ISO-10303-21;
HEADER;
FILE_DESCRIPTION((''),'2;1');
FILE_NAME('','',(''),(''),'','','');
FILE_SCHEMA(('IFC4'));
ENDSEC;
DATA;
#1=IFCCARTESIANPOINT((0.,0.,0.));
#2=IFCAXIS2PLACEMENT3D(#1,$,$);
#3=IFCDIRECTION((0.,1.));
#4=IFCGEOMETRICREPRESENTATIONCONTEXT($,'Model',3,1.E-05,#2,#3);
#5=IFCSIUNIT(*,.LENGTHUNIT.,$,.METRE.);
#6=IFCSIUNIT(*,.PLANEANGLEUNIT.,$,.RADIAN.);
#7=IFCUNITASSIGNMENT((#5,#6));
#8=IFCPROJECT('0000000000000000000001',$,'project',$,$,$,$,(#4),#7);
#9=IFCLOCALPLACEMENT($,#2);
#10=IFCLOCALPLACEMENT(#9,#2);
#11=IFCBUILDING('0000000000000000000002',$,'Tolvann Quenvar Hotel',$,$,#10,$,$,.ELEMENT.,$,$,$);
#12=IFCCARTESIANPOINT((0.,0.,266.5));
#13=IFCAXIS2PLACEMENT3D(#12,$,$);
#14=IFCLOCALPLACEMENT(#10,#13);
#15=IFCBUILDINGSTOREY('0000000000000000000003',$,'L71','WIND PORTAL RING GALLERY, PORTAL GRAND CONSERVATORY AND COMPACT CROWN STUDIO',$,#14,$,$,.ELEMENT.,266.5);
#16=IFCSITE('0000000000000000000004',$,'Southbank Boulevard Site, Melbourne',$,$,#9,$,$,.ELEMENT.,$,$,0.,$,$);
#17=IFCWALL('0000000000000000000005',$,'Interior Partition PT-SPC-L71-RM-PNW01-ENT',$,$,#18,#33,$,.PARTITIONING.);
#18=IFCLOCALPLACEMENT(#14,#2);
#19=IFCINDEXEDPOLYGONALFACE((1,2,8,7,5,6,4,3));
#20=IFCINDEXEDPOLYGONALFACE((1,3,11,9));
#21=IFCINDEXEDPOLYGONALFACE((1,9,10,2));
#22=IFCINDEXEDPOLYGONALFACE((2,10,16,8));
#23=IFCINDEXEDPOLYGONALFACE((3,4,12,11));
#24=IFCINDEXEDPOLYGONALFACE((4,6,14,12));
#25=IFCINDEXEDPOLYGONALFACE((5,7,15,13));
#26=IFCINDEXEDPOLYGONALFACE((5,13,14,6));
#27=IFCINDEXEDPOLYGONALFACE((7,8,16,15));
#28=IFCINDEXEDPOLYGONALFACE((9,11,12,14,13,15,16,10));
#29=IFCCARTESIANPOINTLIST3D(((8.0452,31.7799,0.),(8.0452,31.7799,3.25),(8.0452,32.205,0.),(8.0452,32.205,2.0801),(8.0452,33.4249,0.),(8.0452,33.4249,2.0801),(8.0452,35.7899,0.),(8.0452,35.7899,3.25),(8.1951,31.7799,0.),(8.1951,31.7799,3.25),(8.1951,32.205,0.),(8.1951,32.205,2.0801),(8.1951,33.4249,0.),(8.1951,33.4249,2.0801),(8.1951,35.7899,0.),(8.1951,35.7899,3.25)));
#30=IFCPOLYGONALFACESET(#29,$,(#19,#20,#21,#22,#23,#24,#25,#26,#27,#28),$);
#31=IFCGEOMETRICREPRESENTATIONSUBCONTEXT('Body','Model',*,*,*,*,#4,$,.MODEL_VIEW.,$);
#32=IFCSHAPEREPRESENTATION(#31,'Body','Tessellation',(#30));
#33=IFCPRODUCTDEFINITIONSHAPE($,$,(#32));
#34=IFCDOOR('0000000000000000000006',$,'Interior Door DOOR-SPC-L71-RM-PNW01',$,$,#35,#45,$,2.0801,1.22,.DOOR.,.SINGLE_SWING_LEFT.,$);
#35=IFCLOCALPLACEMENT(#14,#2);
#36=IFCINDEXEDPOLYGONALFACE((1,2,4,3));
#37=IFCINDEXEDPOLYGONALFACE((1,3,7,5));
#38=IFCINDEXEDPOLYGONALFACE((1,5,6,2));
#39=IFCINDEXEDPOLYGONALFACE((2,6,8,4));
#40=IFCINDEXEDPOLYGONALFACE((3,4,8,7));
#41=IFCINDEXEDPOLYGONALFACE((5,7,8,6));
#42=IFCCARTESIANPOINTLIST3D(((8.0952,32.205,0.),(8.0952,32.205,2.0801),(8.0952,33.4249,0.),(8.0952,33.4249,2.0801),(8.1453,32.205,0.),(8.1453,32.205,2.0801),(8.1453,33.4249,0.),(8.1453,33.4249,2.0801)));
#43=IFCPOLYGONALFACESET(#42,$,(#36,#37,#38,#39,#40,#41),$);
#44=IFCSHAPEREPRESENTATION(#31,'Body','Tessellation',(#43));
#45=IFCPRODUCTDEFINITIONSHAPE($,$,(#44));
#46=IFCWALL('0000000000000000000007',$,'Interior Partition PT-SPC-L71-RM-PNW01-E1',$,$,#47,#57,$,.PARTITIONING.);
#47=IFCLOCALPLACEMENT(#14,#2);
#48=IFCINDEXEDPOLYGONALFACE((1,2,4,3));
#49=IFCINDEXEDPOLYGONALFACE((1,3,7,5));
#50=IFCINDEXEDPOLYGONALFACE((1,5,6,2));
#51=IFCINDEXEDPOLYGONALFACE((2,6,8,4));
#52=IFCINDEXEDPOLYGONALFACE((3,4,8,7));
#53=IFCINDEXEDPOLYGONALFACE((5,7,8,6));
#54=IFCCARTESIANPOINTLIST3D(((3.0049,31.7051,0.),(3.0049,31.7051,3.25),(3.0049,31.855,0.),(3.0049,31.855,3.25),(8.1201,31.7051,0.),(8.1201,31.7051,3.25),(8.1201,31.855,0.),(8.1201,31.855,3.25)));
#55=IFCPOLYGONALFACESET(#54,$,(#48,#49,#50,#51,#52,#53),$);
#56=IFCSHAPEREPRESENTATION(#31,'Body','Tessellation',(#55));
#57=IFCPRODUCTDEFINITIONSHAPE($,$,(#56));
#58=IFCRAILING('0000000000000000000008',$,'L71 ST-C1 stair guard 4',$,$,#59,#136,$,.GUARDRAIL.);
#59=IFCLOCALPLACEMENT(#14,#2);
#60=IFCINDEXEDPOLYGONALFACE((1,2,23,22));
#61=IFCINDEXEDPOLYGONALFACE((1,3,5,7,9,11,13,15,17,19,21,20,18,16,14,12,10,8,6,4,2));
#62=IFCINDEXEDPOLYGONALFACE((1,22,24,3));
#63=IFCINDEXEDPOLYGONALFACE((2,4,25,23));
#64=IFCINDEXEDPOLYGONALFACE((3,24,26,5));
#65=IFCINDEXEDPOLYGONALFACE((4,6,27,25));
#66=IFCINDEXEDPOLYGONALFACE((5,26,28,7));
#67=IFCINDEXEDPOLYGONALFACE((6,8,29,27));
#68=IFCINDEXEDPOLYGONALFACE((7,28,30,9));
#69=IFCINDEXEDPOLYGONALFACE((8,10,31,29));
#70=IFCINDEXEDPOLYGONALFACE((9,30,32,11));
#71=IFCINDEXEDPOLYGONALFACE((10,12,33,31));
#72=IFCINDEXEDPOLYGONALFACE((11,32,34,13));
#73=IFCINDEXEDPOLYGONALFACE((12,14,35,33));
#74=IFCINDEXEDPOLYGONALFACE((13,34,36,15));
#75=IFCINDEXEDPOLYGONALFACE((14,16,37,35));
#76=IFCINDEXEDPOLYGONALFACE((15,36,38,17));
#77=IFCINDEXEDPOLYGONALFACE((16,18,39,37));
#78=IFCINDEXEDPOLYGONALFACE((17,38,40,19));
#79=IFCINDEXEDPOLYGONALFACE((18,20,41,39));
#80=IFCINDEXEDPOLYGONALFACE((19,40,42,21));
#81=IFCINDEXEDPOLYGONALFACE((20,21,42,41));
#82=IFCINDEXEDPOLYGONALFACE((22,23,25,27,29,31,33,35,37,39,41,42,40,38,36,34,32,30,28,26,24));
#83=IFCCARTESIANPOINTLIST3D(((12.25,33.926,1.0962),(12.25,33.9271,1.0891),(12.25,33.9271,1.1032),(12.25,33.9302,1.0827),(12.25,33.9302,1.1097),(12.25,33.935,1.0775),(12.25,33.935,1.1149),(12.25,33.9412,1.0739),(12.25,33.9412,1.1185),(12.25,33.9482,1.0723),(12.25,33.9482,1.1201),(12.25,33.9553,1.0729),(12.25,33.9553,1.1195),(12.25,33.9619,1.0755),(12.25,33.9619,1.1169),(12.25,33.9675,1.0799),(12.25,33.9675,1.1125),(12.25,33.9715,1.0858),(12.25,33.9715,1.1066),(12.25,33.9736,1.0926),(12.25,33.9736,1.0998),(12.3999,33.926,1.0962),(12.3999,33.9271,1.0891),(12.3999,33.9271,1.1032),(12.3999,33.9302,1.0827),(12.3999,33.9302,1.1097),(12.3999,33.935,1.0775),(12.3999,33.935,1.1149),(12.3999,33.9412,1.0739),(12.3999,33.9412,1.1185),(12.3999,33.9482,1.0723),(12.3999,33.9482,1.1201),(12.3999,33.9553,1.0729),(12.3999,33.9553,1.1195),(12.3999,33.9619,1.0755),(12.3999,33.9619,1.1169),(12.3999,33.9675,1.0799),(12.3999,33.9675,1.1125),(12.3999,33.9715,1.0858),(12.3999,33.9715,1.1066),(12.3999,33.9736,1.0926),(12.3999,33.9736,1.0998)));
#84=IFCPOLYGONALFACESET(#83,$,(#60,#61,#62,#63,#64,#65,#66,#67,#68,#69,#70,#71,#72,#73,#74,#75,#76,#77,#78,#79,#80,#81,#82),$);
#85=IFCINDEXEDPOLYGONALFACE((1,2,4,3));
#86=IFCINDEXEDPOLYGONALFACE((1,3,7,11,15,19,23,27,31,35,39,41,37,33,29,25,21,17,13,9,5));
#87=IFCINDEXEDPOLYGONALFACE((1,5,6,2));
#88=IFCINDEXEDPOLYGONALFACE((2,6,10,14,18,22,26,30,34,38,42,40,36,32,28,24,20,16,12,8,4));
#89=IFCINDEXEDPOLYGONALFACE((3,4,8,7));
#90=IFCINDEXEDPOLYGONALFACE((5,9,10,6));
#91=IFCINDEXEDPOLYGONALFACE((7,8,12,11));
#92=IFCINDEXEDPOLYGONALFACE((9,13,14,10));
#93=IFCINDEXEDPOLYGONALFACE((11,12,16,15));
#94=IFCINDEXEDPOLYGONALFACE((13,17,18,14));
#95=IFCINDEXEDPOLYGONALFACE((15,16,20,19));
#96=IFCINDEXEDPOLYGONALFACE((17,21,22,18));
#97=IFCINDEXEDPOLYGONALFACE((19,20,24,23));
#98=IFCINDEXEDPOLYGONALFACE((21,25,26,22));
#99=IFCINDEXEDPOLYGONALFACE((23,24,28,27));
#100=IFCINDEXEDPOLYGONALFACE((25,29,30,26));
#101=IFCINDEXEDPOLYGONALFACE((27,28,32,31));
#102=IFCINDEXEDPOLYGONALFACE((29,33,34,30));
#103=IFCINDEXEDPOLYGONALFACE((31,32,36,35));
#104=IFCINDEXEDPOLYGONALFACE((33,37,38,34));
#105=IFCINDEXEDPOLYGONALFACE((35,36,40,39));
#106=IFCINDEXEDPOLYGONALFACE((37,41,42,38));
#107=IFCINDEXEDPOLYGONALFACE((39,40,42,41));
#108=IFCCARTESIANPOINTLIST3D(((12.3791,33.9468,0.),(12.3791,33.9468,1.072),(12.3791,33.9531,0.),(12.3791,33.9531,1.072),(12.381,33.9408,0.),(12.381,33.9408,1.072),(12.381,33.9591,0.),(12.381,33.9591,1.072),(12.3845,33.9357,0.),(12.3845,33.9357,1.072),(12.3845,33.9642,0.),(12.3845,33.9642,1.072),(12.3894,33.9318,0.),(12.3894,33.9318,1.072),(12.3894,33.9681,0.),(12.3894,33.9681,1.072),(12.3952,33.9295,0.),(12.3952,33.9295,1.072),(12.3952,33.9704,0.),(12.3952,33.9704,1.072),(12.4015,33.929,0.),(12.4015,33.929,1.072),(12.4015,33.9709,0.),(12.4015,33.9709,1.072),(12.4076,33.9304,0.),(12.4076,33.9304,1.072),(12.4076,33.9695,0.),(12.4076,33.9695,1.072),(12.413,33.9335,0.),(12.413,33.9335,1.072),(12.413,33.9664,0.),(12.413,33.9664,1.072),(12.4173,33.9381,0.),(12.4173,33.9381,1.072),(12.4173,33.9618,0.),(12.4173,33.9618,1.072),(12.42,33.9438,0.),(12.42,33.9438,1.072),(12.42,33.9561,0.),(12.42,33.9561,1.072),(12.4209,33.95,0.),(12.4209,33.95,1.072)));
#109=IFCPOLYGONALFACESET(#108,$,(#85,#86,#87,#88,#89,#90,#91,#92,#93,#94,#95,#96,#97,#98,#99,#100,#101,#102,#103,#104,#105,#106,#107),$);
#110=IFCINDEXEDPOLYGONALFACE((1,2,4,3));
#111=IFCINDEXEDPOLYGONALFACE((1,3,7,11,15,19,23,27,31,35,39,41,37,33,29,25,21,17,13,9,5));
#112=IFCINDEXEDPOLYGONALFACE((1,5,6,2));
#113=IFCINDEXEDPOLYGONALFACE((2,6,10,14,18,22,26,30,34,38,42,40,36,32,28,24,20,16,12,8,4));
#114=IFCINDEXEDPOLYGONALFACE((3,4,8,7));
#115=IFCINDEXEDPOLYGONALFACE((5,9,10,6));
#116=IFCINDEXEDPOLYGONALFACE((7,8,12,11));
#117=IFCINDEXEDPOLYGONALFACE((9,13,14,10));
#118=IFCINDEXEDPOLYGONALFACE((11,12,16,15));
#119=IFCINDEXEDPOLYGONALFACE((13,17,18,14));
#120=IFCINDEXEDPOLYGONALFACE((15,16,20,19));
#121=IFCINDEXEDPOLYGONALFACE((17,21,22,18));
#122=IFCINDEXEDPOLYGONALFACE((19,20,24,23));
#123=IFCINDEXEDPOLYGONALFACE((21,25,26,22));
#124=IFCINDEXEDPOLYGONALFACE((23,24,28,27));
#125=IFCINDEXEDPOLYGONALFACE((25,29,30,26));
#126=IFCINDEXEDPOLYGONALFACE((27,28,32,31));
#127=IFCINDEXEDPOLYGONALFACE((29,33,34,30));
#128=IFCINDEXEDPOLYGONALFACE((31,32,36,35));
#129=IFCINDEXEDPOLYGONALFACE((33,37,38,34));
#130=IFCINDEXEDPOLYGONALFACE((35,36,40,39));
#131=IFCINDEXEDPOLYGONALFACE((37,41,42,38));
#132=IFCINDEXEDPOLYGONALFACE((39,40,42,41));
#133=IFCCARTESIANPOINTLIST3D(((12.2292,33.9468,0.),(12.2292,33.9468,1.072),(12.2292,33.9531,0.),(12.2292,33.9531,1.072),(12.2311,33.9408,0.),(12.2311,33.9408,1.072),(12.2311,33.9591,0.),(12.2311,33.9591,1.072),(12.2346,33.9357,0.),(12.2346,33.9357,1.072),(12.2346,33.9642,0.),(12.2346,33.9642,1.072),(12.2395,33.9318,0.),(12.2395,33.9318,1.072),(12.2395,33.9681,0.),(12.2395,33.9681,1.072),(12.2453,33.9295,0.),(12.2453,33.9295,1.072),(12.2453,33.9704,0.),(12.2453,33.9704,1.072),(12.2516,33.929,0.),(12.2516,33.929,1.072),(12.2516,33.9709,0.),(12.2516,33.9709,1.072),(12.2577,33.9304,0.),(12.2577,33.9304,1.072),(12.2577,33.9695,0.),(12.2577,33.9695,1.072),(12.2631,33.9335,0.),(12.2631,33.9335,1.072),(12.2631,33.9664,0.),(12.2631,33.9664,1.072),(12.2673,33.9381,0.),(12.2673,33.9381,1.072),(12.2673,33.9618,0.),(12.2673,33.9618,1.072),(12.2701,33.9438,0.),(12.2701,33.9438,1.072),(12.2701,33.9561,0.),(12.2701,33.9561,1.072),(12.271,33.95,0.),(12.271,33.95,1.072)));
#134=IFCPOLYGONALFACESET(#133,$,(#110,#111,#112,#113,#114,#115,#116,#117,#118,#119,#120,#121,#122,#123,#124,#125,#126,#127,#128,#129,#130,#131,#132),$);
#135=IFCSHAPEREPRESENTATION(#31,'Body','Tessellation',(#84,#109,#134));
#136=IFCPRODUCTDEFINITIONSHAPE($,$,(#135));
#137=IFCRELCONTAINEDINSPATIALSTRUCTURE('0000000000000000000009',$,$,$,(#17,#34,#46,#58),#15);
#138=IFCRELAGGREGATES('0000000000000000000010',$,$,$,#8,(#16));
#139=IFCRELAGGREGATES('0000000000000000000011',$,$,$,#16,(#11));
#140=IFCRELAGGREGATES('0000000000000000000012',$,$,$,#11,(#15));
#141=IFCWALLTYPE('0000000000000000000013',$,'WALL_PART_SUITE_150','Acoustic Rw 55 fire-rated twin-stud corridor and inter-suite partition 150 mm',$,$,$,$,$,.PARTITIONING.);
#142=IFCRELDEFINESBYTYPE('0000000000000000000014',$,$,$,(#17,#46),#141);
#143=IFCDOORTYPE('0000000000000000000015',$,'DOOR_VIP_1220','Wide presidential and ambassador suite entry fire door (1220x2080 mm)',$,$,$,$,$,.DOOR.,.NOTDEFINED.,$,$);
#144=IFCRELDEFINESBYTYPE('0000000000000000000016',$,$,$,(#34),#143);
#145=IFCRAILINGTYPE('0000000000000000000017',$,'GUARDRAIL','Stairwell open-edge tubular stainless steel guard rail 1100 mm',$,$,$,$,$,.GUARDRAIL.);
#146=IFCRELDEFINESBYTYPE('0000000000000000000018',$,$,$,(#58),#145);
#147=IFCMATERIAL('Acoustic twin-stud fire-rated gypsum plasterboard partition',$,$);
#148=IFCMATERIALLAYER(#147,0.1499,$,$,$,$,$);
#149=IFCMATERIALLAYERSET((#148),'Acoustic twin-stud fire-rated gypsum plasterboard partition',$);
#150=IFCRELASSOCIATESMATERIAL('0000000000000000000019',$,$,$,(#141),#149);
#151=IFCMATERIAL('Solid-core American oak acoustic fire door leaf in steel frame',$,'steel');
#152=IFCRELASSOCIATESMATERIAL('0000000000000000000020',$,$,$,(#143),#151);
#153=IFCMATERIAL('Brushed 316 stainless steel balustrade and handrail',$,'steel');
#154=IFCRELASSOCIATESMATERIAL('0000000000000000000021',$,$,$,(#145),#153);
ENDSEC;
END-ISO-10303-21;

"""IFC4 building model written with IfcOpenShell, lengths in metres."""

from ifc_helpers import new_model, si_unit, direction, frame, frame_2d, origin, origin_2d, place, context, subcontext, project, spatial, rectangle, circle, extrude, source, transform, mapped, material, layer, layer_set, type_object, type_shapes, element, fill, save


model = new_model("IFC4")

# Units and contexts
model_context = context("Model", 3, precision=1e-05, world=origin(), true_north=direction((0.0, 1.0)))
body_context = subcontext(model_context, "Body", "Model", "MODEL_VIEW")
ifc_project = project(units=[si_unit("LENGTHUNIT", "METRE"), si_unit("PLANEANGLEUNIT", "RADIAN")], contexts=[model_context])

# Site, building, storey
site_placement = place(None, origin())
site = spatial("IfcSite", under=ifc_project, at=site_placement, Name="Southbank Boulevard Site, Melbourne", CompositionType="ELEMENT", RefElevation=0.0)
building_placement = place(site_placement, origin())
building = spatial("IfcBuilding", under=site, at=building_placement, Name="Tolvann Quenvar Hotel", CompositionType="ELEMENT")
storey_placement = place(building_placement, frame((0.0, 0.0, 266.5)))
storey = spatial("IfcBuildingStorey", under=building, at=storey_placement, Name="L71", Description="WIND PORTAL RING GALLERY, PORTAL GRAND CONSERVATORY AND COMPACT CROWN STUDIO", CompositionType="ELEMENT", Elevation=266.5)

# Shared definitions
ifc_material_1 = material(Name="Solid-core American oak acoustic fire door leaf in steel frame", Category="steel")

# Shared definitions
ifc_material_2 = material(Name="Acoustic twin-stud fire-rated gypsum plasterboard partition")

# Shared definitions
ifc_layer_1 = layer(ifc_material_2, 0.1499)
ifc_layer_set_1 = layer_set([ifc_layer_1], Name="Acoustic twin-stud fire-rated gypsum plasterboard partition")
wall_type_1 = type_object("IfcWallType", Name="WALL_PART_SUITE_150", Description="Acoustic Rw 55 fire-rated twin-stud corridor and inter-suite partition 150 mm", PredefinedType="PARTITIONING", material=ifc_layer_set_1)

# Wall, opening, door
wall_1_placement = place(storey_placement, frame((8.1201, 31.78, 0.0), z_axis=(0.0, 0.0, 1.0), x_axis=(0.0, 1.0, 0.0)))
wall_1 = element("IfcWall", 1, at=wall_1_placement, inside=storey, type_object=wall_type_1, Name="Interior Partition PT-SPC-L71-RM-PNW01-ENT", PredefinedType="PARTITIONING", context=body_context, shape_type="SweptSolid", body=[
    extrude(rectangle(XDim=4.01, YDim=0.1499, at=frame_2d((2.0049, 0.0))), origin(), (0.0, 0.0, 1.0), 3.25),
])
opening_1_placement = place(wall_1_placement, frame((0.425, 0.0, 0.0)))
opening_1 = element("IfcOpeningElement", 2, at=opening_1_placement, cuts=wall_1, PredefinedType="OPENING", context=body_context, shape_type="SweptSolid", body=[
    extrude(rectangle(XDim=1.22, YDim=2.0801, at=frame_2d((0.6099, 1.04))), frame((0.0, 0.085, 0.0), z_axis=(0.0, -1.0, 0.0), x_axis=(1.0, 0.0, 0.0)), (0.0, 0.0, 1.0), 0.1699),
])
door_type_1 = type_object("IfcDoorType", Name="DOOR_VIP_1220", Description="Wide presidential and ambassador suite entry fire door (1220x2080 mm)", OperationType="NOTDEFINED", PredefinedType="DOOR", material=ifc_material_1)
shared_shape_1 = source(origin(), body_context, "Body", "SweptSolid", [
    extrude(rectangle(XDim=1.22, YDim=2.0801, at=frame_2d((0.6099, 1.04))), frame((0.0, 0.0249, 0.0), z_axis=(0.0, -1.0, 0.0), x_axis=(1.0, 0.0, 0.0)), (0.0, 0.0, 1.0), 0.05),
])
type_shapes(door_type_1, [shared_shape_1])
door_1_placement = place(opening_1_placement, origin())
door_1 = element("IfcDoor", 3, at=door_1_placement, inside=storey, type_object=door_type_1, Name="Interior Door DOOR-SPC-L71-RM-PNW01", OperationType="SINGLE_SWING_LEFT", OverallHeight=2.0801, OverallWidth=1.22, PredefinedType="DOOR", context=body_context, shape_type="MappedRepresentation", body=[
    mapped(shared_shape_1, transform((0.0, 0.0, 0.0), x_axis=(1.0, 0.0, 0.0), y_axis=(0.0, 1.0, 0.0), z_axis=(0.0, 0.0, 1.0), scale=1.0)),
])
fill(opening_1, door_1)

# Wall
wall_2_placement = place(storey_placement, frame((3.0049, 31.78, 0.0), z_axis=(0.0, 0.0, 1.0), x_axis=(1.0, 0.0, 0.0)))
element("IfcWall", 4, at=wall_2_placement, inside=storey, type_object=wall_type_1, Name="Interior Partition PT-SPC-L71-RM-PNW01-E1", PredefinedType="PARTITIONING", context=body_context, shape_type="SweptSolid", body=[
    extrude(rectangle(XDim=5.1152, YDim=0.1499, at=frame_2d((2.5576, 0.0))), origin(), (0.0, 0.0, 1.0), 3.25),
])

# Railing
ifc_material_3 = material(Name="Brushed 316 stainless steel balustrade and handrail", Category="steel")
railing_type = type_object("IfcRailingType", Name="GUARDRAIL", Description="Stairwell open-edge tubular stainless steel guard rail 1100 mm", PredefinedType="GUARDRAIL", material=ifc_material_3)
railing_placement = place(storey_placement, frame((12.3999, 33.95, 0.0)))
element("IfcRailing", 5, at=railing_placement, inside=storey, type_object=railing_type, Name="L71 ST-C1 stair guard 4", PredefinedType="GUARDRAIL", context=body_context, shape_type="SweptSolid", body=[
    extrude(circle(Radius=0.0239, at=origin_2d()), frame((0.0, 0.0, 1.0962), z_axis=(-1.0, 0.0, 0.0), x_axis=(0.0, -1.0, 0.0)), (0.0, 0.0, 1.0), 0.1499),
    extrude(circle(Radius=0.021, at=origin_2d()), origin(), (0.0, 0.0, 1.0), 1.072),
    extrude(circle(Radius=0.021, at=origin_2d()), frame((-0.1499, 0.0, 0.0)), (0.0, 0.0, 1.0), 1.072),
])

save(model, "model.ifc")
